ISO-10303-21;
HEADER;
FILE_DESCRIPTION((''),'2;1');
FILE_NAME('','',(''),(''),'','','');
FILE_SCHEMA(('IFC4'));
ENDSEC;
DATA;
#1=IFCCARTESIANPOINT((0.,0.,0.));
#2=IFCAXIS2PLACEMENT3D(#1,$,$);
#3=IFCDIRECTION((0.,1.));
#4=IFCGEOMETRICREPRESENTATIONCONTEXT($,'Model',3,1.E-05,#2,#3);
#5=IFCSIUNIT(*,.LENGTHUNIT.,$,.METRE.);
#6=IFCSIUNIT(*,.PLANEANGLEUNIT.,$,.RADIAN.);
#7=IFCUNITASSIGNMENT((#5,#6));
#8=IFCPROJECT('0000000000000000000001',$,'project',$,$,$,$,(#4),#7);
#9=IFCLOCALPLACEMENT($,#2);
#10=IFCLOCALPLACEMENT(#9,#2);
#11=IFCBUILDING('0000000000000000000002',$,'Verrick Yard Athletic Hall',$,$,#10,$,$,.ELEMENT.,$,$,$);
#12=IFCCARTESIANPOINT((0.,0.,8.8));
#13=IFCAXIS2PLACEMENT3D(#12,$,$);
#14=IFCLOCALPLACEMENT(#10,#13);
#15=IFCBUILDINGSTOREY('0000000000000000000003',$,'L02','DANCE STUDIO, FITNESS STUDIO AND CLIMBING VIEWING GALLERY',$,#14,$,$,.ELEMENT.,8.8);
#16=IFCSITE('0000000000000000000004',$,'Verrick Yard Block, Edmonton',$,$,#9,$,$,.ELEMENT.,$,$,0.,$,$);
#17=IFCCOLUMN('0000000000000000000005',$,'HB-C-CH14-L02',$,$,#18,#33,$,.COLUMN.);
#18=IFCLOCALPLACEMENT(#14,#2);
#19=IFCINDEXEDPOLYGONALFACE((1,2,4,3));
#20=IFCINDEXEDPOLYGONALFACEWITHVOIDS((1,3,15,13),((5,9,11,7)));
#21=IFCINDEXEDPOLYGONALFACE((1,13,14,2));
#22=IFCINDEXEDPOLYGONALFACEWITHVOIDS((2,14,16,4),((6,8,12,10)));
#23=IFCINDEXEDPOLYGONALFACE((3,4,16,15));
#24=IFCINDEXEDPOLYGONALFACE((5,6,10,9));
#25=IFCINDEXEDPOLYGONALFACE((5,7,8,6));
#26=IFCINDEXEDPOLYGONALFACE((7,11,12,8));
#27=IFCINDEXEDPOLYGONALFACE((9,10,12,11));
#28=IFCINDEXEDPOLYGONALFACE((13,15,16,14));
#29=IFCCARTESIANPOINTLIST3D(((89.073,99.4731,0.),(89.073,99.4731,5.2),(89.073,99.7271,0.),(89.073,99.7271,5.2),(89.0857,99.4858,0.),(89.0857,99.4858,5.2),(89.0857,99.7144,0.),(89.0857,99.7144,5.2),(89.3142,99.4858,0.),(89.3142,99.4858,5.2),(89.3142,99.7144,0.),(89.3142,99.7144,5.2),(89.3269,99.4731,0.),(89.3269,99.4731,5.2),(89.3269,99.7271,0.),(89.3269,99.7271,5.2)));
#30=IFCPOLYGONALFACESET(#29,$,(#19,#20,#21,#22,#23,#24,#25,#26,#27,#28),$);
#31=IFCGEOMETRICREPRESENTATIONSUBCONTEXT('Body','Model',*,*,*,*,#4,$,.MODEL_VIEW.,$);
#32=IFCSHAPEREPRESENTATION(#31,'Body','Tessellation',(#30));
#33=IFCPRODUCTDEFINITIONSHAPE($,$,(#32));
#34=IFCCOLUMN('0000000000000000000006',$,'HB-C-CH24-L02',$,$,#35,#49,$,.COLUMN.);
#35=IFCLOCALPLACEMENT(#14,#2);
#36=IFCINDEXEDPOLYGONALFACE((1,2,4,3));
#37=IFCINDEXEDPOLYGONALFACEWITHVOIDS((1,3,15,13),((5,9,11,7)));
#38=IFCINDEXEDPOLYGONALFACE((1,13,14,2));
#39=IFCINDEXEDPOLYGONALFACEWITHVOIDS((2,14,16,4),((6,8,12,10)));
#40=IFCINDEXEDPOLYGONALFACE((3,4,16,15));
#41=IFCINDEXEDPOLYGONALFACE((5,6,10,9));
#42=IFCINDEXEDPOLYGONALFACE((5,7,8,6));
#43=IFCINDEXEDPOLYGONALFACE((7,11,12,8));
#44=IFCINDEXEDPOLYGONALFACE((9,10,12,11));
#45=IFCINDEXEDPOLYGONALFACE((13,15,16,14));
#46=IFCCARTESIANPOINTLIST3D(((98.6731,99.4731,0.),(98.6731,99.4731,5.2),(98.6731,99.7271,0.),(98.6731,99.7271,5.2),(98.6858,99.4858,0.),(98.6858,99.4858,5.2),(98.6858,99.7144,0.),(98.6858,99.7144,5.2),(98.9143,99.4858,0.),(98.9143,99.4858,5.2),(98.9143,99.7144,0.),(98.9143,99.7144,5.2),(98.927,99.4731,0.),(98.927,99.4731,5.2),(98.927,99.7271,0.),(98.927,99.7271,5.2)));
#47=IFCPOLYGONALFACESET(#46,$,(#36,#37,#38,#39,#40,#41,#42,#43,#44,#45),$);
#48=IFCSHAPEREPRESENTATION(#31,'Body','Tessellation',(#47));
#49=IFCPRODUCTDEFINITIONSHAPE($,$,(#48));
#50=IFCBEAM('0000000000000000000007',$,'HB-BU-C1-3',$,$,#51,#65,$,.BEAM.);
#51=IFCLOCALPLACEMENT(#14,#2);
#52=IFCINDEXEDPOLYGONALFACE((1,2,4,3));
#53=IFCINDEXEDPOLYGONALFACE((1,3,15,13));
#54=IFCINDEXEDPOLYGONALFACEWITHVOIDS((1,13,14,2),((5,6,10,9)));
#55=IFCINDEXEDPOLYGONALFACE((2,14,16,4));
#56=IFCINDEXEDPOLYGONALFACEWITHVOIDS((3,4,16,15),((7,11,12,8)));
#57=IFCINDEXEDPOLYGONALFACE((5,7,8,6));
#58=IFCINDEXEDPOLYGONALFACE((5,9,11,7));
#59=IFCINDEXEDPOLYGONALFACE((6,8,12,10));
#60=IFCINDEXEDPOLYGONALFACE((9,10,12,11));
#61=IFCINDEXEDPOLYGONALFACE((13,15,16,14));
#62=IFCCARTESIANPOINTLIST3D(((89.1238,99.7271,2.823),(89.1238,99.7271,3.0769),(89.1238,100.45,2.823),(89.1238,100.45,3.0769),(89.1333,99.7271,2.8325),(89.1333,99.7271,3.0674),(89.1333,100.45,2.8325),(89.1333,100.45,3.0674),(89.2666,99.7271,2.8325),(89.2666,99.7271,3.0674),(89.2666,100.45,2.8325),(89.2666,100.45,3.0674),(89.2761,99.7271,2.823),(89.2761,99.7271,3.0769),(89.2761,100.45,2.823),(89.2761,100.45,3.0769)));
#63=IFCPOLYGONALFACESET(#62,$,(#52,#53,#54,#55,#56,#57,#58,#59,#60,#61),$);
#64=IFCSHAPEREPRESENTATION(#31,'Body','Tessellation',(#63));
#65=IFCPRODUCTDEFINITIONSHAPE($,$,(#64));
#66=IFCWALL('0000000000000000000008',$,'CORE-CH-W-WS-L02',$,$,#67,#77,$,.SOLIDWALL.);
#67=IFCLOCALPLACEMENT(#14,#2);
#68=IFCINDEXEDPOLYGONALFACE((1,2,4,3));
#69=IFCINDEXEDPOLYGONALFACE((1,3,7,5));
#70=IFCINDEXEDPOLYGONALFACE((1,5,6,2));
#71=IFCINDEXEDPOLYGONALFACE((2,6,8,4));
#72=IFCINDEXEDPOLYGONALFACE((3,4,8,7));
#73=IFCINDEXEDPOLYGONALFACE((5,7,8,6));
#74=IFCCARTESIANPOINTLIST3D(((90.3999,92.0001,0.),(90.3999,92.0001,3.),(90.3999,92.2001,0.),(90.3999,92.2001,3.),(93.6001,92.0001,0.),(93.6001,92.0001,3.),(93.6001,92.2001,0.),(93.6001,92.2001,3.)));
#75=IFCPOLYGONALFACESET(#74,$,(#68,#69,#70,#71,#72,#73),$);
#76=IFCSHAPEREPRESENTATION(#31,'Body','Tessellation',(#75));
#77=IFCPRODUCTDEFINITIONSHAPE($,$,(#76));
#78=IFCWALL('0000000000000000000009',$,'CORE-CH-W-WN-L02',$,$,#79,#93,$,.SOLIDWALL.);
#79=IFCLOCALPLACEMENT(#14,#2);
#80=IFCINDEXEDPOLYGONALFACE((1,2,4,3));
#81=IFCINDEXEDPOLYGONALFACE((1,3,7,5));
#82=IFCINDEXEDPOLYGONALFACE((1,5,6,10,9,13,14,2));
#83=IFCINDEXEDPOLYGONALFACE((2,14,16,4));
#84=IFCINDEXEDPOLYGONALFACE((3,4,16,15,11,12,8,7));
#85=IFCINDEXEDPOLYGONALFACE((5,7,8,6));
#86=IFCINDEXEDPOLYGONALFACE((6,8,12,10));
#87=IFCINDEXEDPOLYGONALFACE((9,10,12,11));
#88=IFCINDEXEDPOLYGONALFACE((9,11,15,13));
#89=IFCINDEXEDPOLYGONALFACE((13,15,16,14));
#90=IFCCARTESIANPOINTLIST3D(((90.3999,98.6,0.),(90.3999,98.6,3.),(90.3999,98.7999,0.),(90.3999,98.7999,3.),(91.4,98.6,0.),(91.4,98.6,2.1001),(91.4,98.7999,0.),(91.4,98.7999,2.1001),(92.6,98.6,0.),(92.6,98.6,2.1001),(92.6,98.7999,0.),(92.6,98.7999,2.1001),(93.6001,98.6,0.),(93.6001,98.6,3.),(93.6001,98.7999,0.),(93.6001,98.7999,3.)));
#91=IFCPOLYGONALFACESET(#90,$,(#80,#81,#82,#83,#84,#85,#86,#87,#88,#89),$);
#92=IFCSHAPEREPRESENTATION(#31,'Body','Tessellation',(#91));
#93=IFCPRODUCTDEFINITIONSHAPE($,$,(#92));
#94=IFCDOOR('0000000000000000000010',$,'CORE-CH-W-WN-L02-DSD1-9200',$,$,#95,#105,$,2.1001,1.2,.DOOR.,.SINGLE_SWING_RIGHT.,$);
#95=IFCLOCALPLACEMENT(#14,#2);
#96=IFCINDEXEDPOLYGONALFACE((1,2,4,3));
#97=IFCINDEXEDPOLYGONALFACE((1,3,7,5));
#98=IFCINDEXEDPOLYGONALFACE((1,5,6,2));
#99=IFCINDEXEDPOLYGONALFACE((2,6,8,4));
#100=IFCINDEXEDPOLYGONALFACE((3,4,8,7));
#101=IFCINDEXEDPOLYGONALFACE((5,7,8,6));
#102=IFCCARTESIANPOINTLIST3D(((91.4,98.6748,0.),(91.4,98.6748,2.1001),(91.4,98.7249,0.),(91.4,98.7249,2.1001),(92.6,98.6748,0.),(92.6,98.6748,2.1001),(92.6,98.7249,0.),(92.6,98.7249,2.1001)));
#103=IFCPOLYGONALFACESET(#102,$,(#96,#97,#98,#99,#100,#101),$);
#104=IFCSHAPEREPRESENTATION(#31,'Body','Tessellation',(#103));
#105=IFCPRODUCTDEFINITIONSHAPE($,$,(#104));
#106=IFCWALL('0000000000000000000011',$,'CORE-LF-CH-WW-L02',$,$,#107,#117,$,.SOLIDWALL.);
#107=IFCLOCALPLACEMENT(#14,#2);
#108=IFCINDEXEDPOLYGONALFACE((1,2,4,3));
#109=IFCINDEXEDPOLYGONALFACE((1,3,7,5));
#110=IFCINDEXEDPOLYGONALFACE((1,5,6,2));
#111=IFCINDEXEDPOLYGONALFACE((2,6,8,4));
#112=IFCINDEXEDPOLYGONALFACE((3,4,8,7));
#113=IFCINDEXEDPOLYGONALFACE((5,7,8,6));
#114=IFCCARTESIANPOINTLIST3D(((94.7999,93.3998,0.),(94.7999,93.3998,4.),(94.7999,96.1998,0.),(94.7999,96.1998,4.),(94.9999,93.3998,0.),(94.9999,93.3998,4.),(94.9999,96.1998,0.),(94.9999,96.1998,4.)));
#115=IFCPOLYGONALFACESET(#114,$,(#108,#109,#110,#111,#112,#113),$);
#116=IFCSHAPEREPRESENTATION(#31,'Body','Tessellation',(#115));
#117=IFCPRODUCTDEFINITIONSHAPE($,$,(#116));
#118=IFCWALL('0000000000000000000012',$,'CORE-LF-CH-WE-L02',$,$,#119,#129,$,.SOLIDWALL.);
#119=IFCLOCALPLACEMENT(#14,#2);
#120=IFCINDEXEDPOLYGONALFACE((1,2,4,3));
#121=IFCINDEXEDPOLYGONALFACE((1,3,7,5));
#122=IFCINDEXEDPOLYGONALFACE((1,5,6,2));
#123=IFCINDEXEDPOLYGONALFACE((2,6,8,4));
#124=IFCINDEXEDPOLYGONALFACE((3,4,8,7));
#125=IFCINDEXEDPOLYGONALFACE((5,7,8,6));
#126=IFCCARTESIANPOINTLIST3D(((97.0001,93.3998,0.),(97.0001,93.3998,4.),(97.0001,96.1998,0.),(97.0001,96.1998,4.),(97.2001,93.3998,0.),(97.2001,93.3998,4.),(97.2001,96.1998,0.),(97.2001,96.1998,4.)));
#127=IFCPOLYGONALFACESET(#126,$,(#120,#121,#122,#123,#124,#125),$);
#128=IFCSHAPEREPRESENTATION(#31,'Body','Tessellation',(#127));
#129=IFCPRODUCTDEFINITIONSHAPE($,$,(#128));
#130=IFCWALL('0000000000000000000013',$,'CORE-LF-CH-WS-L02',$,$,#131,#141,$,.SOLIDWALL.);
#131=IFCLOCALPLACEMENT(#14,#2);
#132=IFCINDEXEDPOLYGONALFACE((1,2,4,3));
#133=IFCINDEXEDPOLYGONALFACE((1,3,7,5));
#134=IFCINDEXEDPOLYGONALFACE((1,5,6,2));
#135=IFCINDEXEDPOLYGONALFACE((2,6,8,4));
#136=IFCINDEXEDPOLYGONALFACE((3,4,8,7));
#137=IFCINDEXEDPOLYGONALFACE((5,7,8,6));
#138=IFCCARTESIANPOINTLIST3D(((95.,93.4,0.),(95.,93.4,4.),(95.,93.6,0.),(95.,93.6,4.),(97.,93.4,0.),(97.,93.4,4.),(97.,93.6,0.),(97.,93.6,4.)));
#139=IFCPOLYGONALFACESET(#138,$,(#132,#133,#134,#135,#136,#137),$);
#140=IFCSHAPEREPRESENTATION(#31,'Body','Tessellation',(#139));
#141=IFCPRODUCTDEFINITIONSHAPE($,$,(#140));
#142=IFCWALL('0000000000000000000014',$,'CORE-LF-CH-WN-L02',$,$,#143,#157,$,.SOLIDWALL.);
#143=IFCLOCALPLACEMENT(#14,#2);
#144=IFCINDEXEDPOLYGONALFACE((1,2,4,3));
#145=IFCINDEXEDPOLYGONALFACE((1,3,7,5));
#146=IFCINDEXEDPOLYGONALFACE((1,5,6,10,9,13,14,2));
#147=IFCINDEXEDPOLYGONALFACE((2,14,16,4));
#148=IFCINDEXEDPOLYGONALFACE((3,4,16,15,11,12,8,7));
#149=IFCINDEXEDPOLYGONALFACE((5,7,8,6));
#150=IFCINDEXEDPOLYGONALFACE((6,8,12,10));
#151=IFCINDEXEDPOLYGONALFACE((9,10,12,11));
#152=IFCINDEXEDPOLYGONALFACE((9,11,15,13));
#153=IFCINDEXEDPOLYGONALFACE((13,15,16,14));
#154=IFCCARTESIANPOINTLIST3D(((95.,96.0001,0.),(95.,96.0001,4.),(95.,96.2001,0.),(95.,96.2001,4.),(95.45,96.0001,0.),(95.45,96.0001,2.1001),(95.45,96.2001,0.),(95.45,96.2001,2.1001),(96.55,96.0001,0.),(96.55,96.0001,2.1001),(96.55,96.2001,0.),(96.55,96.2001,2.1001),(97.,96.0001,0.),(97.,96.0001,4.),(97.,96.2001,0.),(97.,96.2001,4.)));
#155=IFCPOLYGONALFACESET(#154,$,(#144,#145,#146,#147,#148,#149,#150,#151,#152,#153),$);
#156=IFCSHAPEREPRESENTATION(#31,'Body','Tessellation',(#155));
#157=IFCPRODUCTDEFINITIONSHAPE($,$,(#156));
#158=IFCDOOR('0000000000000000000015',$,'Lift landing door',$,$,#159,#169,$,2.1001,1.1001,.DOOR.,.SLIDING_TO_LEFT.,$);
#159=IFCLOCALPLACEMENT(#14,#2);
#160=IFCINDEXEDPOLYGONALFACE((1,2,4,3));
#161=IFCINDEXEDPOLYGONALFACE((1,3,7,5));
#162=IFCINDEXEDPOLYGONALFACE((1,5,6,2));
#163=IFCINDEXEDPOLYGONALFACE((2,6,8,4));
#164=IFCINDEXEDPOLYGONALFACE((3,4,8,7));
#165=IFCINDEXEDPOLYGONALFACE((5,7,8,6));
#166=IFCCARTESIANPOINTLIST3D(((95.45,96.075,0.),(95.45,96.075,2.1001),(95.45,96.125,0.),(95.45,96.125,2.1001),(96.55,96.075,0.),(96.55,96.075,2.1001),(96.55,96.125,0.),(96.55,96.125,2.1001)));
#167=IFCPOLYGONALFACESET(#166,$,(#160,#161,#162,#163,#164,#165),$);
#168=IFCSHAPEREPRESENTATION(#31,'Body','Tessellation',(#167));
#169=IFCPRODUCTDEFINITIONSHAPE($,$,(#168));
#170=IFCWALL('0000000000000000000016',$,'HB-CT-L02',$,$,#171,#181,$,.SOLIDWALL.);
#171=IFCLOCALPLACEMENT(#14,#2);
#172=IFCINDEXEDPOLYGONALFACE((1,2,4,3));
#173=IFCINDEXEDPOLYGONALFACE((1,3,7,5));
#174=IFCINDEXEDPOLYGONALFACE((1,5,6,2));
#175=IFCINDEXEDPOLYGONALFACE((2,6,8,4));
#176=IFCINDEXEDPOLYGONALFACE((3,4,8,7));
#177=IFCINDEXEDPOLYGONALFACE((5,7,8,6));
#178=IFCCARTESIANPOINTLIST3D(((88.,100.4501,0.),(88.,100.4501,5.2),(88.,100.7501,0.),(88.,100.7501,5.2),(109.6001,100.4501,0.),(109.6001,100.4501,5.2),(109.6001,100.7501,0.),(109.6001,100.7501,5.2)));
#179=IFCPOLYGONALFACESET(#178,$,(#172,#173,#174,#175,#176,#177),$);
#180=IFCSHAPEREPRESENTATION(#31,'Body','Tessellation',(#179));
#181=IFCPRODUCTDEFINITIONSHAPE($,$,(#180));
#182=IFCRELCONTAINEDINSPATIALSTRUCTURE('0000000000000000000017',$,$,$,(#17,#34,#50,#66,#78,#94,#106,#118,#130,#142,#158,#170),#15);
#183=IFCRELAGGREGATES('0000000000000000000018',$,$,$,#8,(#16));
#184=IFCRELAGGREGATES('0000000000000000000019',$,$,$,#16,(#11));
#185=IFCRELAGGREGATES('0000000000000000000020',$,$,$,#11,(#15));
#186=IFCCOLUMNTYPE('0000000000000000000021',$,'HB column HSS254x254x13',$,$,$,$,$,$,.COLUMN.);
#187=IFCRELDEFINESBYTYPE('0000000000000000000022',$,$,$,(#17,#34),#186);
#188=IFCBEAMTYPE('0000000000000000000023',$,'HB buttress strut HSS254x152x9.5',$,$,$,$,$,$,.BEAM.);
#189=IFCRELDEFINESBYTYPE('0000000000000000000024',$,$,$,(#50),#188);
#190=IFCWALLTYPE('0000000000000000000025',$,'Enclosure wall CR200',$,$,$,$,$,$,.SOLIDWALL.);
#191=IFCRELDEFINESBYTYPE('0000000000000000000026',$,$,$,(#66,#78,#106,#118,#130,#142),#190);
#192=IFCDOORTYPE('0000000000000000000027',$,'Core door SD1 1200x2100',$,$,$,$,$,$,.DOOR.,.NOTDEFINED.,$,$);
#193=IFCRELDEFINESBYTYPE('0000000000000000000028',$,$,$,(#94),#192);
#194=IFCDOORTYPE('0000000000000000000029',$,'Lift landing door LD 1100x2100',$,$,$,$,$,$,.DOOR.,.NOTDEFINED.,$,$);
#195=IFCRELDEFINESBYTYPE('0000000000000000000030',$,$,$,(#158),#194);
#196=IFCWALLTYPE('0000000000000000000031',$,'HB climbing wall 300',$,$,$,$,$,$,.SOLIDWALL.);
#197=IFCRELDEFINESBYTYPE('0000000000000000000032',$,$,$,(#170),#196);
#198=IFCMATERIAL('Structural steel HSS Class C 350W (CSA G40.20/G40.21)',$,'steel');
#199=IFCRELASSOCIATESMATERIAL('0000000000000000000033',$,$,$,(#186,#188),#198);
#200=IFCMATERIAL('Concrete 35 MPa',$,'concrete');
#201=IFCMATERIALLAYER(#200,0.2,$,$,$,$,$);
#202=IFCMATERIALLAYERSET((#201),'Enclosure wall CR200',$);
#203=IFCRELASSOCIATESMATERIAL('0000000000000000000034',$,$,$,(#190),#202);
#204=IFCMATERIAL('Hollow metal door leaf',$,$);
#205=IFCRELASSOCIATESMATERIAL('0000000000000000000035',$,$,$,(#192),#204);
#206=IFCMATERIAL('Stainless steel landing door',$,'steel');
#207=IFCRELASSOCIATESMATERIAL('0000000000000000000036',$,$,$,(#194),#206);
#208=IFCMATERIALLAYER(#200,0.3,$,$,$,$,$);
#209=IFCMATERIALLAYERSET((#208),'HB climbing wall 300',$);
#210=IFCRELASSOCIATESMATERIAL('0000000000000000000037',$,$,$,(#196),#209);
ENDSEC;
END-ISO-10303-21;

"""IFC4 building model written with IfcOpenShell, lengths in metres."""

from ifc_helpers import new_model, si_unit, direction, frame, frame_2d, origin, origin_2d, place, context, subcontext, project, spatial, rectangle, hollow_rectangle, extrude, material, layer, layer_set, material_profile, profile_set, type_object, element, fill, save


model = new_model("IFC4")

# Units and contexts
model_context = context("Model", 3, precision=1e-05, world=origin(), true_north=direction((0.0, 1.0)))
body_context = subcontext(model_context, "Body", "Model", "MODEL_VIEW")
ifc_project = project(units=[si_unit("LENGTHUNIT", "METRE"), si_unit("PLANEANGLEUNIT", "RADIAN")], contexts=[model_context])

# Site, building, storey
site_placement = place(None, origin())
site = spatial("IfcSite", under=ifc_project, at=site_placement, Name="Verrick Yard Block, Edmonton", CompositionType="ELEMENT", RefElevation=0.0)
building_placement = place(site_placement, origin())
building = spatial("IfcBuilding", under=site, at=building_placement, Name="Verrick Yard Athletic Hall", CompositionType="ELEMENT")
storey_placement = place(building_placement, frame((0.0, 0.0, 8.8)))
storey = spatial("IfcBuildingStorey", under=building, at=storey_placement, Name="L02", Description="DANCE STUDIO, FITNESS STUDIO AND CLIMBING VIEWING GALLERY", CompositionType="ELEMENT", Elevation=8.8)

# Columns
ifc_material_1 = material(Name="Structural steel HSS Class C 350W (CSA G40.20/G40.21)", Category="steel")
ifc_material_profile_1 = material_profile(ifc_material_1, hollow_rectangle(XDim=0.2539, YDim=0.2539, WallThickness=0.0127, at=origin_2d()), Name="HSS254x254x13")
ifc_profile_set_1 = profile_set([ifc_material_profile_1], Name="Structural steel HSS Class C 350W (CSA G40.20/G40.21)")
column_type = type_object("IfcColumnType", Name="HB column HSS254x254x13", PredefinedType="COLUMN", material=ifc_profile_set_1)
for number, where, z_axis, x_axis, name in (
    (1, (89.2, 99.6001, 0.0), (0.0, 0.0, 1.0), (1.0, 0.0, 0.0), "HB-C-CH14-L02"),
    (2, (98.8, 99.6001, 0.0), (0.0, 0.0, 1.0), (1.0, 0.0, 0.0), "HB-C-CH24-L02"),
):
    element("IfcColumn", number, at=place(storey_placement, frame(where, z_axis=z_axis, x_axis=x_axis)), inside=storey, type_object=column_type, Name=name, PredefinedType="COLUMN", context=body_context, shape_type="SweptSolid", body=[
        extrude(hollow_rectangle(XDim=0.2539, YDim=0.2539, WallThickness=0.0127, at=origin_2d()), origin(), (0.0, 0.0, 1.0), 5.2),
    ])

# Beam
ifc_material_profile_2 = material_profile(ifc_material_1, hollow_rectangle(XDim=0.1523, YDim=0.2539, WallThickness=0.0095, at=origin_2d()), Name="HSS254x152x9.5")
ifc_profile_set_2 = profile_set([ifc_material_profile_2], Name="Structural steel HSS Class C 350W (CSA G40.20/G40.21)")
beam_type = type_object("IfcBeamType", Name="HB buttress strut HSS254x152x9.5", PredefinedType="BEAM", material=ifc_profile_set_2)
beam_placement = place(storey_placement, frame((89.2, 99.7271, 2.95), z_axis=(0.0, 1.0, 0.0), x_axis=(-1.0, 0.0, 0.0)))
element("IfcBeam", 3, at=beam_placement, inside=storey, type_object=beam_type, Name="HB-BU-C1-3", PredefinedType="BEAM", context=body_context, shape_type="SweptSolid", body=[
    extrude(hollow_rectangle(XDim=0.1523, YDim=0.2539, WallThickness=0.0095, at=origin_2d()), origin(), (0.0, 0.0, 1.0), 0.7229),
])

# Wall
ifc_material_2 = material(Name="Concrete 35 MPa", Category="concrete")
ifc_layer_1 = layer(ifc_material_2, 0.2)
ifc_layer_set_1 = layer_set([ifc_layer_1], Name="Enclosure wall CR200")
wall_type_1 = type_object("IfcWallType", Name="Enclosure wall CR200", PredefinedType="SOLIDWALL", material=ifc_layer_set_1)
wall_1_placement = place(storey_placement, frame((90.3999, 92.1001, 0.0), z_axis=(0.0, 0.0, 1.0), x_axis=(1.0, 0.0, 0.0)))
element("IfcWall", 4, at=wall_1_placement, inside=storey, type_object=wall_type_1, Name="CORE-CH-W-WS-L02", PredefinedType="SOLIDWALL", context=body_context, shape_type="SweptSolid", body=[
    extrude(rectangle(XDim=3.2002, YDim=0.2, at=frame_2d((1.6001, 0.0))), origin(), (0.0, 0.0, 1.0), 3.0),
])

# Wall, opening, door
wall_2_placement = place(storey_placement, frame((90.3999, 98.7, 0.0), z_axis=(0.0, 0.0, 1.0), x_axis=(1.0, 0.0, 0.0)))
wall_2 = element("IfcWall", 5, at=wall_2_placement, inside=storey, type_object=wall_type_1, Name="CORE-CH-W-WN-L02", PredefinedType="SOLIDWALL", context=body_context, shape_type="SweptSolid", body=[
    extrude(rectangle(XDim=3.2002, YDim=0.2, at=frame_2d((1.6001, 0.0))), origin(), (0.0, 0.0, 1.0), 3.0),
])
opening_1_placement = place(wall_2_placement, frame((1.0, 0.0, 0.0)))
opening_1 = element("IfcOpeningElement", 6, at=opening_1_placement, cuts=wall_2, PredefinedType="OPENING", context=body_context, shape_type="SweptSolid", body=[
    extrude(rectangle(XDim=1.2, YDim=2.1001, at=frame_2d((0.6001, 1.05))), frame((0.0, 0.1099, 0.0), z_axis=(0.0, -1.0, 0.0), x_axis=(1.0, 0.0, 0.0)), (0.0, 0.0, 1.0), 0.22),
])
ifc_material_3 = material(Name="Hollow metal door leaf")
door_type_1 = type_object("IfcDoorType", Name="Core door SD1 1200x2100", OperationType="NOTDEFINED", PredefinedType="DOOR", material=ifc_material_3)
door_1_placement = place(opening_1_placement, origin())
door_1 = element("IfcDoor", 7, at=door_1_placement, inside=storey, type_object=door_type_1, Name="CORE-CH-W-WN-L02-DSD1-9200", OperationType="SINGLE_SWING_RIGHT", OverallHeight=2.1001, OverallWidth=1.2, PredefinedType="DOOR", context=body_context, shape_type="SweptSolid", body=[
    extrude(rectangle(XDim=1.2, YDim=2.1001, at=frame_2d((0.6001, 1.05))), frame((0.0, 0.0249, 0.0), z_axis=(0.0, -1.0, 0.0), x_axis=(1.0, 0.0, 0.0)), (0.0, 0.0, 1.0), 0.05),
])
fill(opening_1, door_1)

# Walls
for number, where, z_axis, x_axis, name in (
    (8, (94.8999, 93.3999, 0.0), (0.0, 0.0, 1.0), (0.0, 1.0, 0.0), "CORE-LF-CH-WW-L02"),
    (9, (97.1001, 93.3999, 0.0), (0.0, 0.0, 1.0), (0.0, 1.0, 0.0), "CORE-LF-CH-WE-L02"),
):
    element("IfcWall", number, at=place(storey_placement, frame(where, z_axis=z_axis, x_axis=x_axis)), inside=storey, type_object=wall_type_1, Name=name, PredefinedType="SOLIDWALL", context=body_context, shape_type="SweptSolid", body=[
        extrude(rectangle(XDim=2.8, YDim=0.2, at=frame_2d((1.3999, 0.0))), origin(), (0.0, 0.0, 1.0), 4.0),
    ])
wall_3_placement = place(storey_placement, frame((95.0, 93.5, 0.0), z_axis=(0.0, 0.0, 1.0), x_axis=(1.0, 0.0, 0.0)))
element("IfcWall", 10, at=wall_3_placement, inside=storey, type_object=wall_type_1, Name="CORE-LF-CH-WS-L02", PredefinedType="SOLIDWALL", context=body_context, shape_type="SweptSolid", body=[
    extrude(rectangle(XDim=2.0, YDim=0.2, at=frame_2d((1.0, 0.0))), origin(), (0.0, 0.0, 1.0), 4.0),
])

# Wall, opening, door
wall_4_placement = place(storey_placement, frame((95.0, 96.1001, 0.0), z_axis=(0.0, 0.0, 1.0), x_axis=(1.0, 0.0, 0.0)))
wall_4 = element("IfcWall", 11, at=wall_4_placement, inside=storey, type_object=wall_type_1, Name="CORE-LF-CH-WN-L02", PredefinedType="SOLIDWALL", context=body_context, shape_type="SweptSolid", body=[
    extrude(rectangle(XDim=2.0, YDim=0.2, at=frame_2d((1.0, 0.0))), origin(), (0.0, 0.0, 1.0), 4.0),
])
opening_2_placement = place(wall_4_placement, frame((0.45, 0.0, 0.0)))
opening_2 = element("IfcOpeningElement", 12, at=opening_2_placement, cuts=wall_4, PredefinedType="OPENING", context=body_context, shape_type="SweptSolid", body=[
    extrude(rectangle(XDim=1.1001, YDim=2.1001, at=frame_2d((0.55, 1.05))), frame((0.0, 0.1099, 0.0), z_axis=(0.0, -1.0, 0.0), x_axis=(1.0, 0.0, 0.0)), (0.0, 0.0, 1.0), 0.22),
])
ifc_material_4 = material(Name="Stainless steel landing door", Category="steel")
door_type_2 = type_object("IfcDoorType", Name="Lift landing door LD 1100x2100", OperationType="NOTDEFINED", PredefinedType="DOOR", material=ifc_material_4)
door_2_placement = place(opening_2_placement, origin())
door_2 = element("IfcDoor", 13, at=door_2_placement, inside=storey, type_object=door_type_2, Name="Lift landing door", OperationType="SLIDING_TO_LEFT", OverallHeight=2.1001, OverallWidth=1.1001, PredefinedType="DOOR", context=body_context, shape_type="SweptSolid", body=[
    extrude(rectangle(XDim=1.1001, YDim=2.1001, at=frame_2d((0.55, 1.05))), frame((0.0, 0.0249, 0.0), z_axis=(0.0, -1.0, 0.0), x_axis=(1.0, 0.0, 0.0)), (0.0, 0.0, 1.0), 0.05),
])
fill(opening_2, door_2)

# Wall
ifc_layer_2 = layer(ifc_material_2, 0.3)
ifc_layer_set_2 = layer_set([ifc_layer_2], Name="HB climbing wall 300")
wall_type_2 = type_object("IfcWallType", Name="HB climbing wall 300", PredefinedType="SOLIDWALL", material=ifc_layer_set_2)
wall_5_placement = place(storey_placement, frame((88.0, 100.6001, 0.0), z_axis=(0.0, 0.0, 1.0), x_axis=(1.0, 0.0, 0.0)))
element("IfcWall", 14, at=wall_5_placement, inside=storey, type_object=wall_type_2, Name="HB-CT-L02", PredefinedType="SOLIDWALL", context=body_context, shape_type="SweptSolid", body=[
    extrude(rectangle(XDim=21.6001, YDim=0.3, at=frame_2d((10.8, 0.0))), origin(), (0.0, 0.0, 1.0), 5.2),
])

save(model, "model.ifc")
